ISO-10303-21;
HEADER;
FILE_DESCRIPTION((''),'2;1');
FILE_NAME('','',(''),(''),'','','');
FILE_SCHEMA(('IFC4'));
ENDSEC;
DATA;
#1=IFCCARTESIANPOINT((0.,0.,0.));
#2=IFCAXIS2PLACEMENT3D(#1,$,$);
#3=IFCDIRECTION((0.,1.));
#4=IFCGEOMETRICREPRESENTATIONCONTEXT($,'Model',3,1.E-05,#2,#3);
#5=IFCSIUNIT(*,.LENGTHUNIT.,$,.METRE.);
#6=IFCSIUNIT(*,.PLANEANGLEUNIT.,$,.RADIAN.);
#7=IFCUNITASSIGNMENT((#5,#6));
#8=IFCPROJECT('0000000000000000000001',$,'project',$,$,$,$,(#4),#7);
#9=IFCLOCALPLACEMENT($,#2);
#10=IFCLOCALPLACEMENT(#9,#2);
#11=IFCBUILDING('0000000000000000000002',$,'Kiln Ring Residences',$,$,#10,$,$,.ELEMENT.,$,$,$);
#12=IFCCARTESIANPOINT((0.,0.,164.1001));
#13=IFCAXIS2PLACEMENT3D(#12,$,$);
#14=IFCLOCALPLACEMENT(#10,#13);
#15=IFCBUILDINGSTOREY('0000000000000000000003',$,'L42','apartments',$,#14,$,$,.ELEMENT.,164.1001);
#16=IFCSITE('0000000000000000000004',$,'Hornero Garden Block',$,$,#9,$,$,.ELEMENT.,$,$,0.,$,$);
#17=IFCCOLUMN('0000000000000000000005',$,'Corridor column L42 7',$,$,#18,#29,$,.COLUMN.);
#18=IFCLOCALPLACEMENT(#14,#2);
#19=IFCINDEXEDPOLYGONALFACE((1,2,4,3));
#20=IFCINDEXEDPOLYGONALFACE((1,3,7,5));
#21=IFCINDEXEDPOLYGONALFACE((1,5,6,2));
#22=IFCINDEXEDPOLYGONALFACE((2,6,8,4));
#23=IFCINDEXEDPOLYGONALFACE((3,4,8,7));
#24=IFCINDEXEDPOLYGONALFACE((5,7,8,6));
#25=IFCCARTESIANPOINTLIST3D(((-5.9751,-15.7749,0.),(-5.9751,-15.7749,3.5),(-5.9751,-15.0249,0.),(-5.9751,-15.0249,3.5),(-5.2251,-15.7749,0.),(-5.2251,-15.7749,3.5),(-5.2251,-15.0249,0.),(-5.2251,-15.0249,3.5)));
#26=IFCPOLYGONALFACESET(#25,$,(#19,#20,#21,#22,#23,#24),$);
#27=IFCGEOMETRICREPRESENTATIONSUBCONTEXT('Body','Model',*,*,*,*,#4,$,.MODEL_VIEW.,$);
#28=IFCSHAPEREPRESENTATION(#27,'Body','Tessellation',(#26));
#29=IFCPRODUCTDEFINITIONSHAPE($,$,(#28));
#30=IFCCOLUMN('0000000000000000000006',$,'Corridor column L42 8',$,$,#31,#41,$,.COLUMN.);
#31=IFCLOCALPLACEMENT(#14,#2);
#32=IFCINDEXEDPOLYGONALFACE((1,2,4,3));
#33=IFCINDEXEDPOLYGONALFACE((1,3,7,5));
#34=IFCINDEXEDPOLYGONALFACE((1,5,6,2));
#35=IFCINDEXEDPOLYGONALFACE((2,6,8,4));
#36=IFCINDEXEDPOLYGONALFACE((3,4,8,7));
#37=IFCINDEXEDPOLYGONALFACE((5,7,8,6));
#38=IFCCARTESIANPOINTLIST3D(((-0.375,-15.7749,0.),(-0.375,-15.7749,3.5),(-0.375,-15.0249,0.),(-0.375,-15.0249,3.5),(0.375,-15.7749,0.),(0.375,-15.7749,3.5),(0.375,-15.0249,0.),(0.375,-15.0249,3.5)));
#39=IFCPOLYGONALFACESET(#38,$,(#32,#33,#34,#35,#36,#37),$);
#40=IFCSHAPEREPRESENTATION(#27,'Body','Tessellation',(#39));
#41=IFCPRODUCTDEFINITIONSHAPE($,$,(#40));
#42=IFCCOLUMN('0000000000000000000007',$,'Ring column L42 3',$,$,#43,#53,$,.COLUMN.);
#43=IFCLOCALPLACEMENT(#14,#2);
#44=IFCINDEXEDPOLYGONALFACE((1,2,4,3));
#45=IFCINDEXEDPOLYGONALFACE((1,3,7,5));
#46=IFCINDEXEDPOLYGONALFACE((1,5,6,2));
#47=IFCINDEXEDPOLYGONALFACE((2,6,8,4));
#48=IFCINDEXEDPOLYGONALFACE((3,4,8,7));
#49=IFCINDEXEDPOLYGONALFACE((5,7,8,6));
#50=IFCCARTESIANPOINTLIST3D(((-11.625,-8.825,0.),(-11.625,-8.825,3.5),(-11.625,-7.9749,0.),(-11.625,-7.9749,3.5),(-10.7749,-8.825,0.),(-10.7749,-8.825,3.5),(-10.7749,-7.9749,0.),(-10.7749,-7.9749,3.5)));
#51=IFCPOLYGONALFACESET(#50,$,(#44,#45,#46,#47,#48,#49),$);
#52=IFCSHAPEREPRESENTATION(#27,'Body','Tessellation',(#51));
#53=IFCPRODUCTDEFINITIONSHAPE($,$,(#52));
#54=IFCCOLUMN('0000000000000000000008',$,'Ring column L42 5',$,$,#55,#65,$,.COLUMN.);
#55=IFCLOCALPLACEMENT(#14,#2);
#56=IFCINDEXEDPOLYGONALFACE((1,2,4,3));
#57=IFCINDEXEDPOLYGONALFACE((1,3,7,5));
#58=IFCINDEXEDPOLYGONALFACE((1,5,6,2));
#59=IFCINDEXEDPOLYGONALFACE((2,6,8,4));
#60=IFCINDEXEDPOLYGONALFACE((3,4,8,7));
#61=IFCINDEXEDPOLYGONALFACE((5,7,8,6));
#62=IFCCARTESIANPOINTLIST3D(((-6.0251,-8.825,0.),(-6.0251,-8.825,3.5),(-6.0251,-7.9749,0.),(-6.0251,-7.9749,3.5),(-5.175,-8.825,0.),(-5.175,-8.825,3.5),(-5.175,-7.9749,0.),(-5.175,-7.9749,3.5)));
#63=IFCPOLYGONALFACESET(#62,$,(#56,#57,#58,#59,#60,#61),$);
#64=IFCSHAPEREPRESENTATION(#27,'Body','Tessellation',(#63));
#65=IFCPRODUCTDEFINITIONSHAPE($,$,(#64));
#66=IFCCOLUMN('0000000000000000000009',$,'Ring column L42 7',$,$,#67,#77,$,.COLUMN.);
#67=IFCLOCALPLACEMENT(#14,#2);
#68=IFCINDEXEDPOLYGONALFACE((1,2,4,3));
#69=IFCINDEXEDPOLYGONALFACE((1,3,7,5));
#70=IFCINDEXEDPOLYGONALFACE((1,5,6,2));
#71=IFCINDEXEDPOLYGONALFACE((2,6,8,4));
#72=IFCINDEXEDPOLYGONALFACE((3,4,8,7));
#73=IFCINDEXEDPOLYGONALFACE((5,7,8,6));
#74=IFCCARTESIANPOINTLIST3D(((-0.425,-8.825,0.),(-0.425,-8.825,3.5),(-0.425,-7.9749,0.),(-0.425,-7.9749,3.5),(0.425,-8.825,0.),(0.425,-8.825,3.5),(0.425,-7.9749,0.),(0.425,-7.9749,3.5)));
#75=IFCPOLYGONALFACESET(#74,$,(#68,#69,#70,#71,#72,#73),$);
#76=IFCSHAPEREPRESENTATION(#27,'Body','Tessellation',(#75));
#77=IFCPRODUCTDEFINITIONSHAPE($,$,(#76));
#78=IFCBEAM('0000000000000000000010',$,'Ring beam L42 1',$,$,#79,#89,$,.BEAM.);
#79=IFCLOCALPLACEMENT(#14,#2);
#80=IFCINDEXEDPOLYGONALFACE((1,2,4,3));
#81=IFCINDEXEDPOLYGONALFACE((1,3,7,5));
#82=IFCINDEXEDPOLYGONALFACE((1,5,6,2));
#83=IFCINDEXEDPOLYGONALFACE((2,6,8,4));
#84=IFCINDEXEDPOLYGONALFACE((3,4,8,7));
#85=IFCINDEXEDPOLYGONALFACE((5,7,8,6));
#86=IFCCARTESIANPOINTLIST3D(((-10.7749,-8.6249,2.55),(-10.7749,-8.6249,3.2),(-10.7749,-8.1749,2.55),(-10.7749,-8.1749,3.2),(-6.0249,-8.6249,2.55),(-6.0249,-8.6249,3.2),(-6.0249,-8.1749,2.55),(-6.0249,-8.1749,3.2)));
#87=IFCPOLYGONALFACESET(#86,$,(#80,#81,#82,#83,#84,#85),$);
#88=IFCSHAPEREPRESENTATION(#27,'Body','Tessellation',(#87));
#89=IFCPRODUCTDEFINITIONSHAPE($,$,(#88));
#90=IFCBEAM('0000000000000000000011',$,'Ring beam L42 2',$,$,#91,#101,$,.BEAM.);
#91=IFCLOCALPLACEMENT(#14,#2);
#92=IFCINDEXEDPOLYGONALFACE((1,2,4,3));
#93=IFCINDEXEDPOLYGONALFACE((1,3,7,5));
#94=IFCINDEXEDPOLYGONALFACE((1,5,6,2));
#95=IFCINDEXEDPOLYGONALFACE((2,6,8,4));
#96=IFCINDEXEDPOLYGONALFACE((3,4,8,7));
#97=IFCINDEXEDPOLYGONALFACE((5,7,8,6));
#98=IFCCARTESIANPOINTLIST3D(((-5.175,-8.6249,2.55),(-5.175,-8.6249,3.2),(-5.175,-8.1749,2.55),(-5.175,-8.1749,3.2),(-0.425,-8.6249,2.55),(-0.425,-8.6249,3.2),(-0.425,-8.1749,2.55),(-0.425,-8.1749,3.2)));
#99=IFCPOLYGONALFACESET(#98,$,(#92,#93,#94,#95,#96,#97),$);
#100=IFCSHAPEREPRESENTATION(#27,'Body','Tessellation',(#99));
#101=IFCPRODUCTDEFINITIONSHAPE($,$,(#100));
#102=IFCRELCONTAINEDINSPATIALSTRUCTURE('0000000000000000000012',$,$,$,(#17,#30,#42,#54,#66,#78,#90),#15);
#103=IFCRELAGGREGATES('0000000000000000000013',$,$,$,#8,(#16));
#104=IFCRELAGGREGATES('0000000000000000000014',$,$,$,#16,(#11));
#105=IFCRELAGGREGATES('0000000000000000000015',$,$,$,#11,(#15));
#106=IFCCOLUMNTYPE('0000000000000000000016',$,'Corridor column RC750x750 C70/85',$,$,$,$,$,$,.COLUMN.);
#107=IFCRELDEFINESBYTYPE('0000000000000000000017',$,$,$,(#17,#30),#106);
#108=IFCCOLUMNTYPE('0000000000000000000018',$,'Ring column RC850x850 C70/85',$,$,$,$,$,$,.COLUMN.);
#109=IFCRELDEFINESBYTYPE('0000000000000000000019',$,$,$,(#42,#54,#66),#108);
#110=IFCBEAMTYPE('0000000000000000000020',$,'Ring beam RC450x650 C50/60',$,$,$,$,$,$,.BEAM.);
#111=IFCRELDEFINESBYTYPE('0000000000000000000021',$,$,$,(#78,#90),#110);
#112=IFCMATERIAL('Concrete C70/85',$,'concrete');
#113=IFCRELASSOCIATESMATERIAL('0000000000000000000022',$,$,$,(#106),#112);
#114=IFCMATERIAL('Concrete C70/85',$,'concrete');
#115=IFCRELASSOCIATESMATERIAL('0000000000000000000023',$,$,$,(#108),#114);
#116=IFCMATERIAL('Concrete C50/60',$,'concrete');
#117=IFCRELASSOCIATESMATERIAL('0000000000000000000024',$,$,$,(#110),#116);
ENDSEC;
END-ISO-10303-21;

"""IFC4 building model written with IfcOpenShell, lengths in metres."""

from ifc_helpers import new_model, si_unit, direction, frame, origin, origin_2d, place, context, subcontext, project, spatial, rectangle, extrude, material, material_profile, profile_set, type_object, element, save


model = new_model("IFC4")

# Units and contexts
model_context = context("Model", 3, precision=1e-05, world=origin(), true_north=direction((0.0, 1.0)))
body_context = subcontext(model_context, "Body", "Model", "MODEL_VIEW")
ifc_project = project(units=[si_unit("LENGTHUNIT", "METRE"), si_unit("PLANEANGLEUNIT", "RADIAN")], contexts=[model_context])

# Site, building, storey
site_placement = place(None, origin())
site = spatial("IfcSite", under=ifc_project, at=site_placement, Name="Hornero Garden Block", CompositionType="ELEMENT", RefElevation=0.0)
building_placement = place(site_placement, origin())
building = spatial("IfcBuilding", under=site, at=building_placement, Name="Kiln Ring Residences", CompositionType="ELEMENT")
storey_placement = place(building_placement, frame((0.0, 0.0, 164.1001)))
storey = spatial("IfcBuildingStorey", under=building, at=storey_placement, Name="L42", Description="apartments", CompositionType="ELEMENT", Elevation=164.1001)

# Columns
ifc_material_1 = material(Name="Concrete C70/85", Category="concrete")
ifc_material_profile_1 = material_profile(ifc_material_1, rectangle(XDim=0.75, YDim=0.75, at=origin_2d()), Name="RC750x750")
ifc_profile_set_1 = profile_set([ifc_material_profile_1], Name="Concrete C70/85")
column_type_1 = type_object("IfcColumnType", Name="Corridor column RC750x750 C70/85", PredefinedType="COLUMN", material=ifc_profile_set_1)
for number, where, z_axis, x_axis, name in (
    (1, (-5.6001, -15.3999, 0.0), (0.0, 0.0, 1.0), (1.0, 0.0, 0.0), "Corridor column L42 7"),
    (2, (0.0, -15.3999, 0.0), (0.0, 0.0, 1.0), (1.0, 0.0, 0.0), "Corridor column L42 8"),
):
    element("IfcColumn", number, at=place(storey_placement, frame(where, z_axis=z_axis, x_axis=x_axis)), inside=storey, type_object=column_type_1, Name=name, PredefinedType="COLUMN", context=body_context, shape_type="SweptSolid", body=[
        extrude(rectangle(XDim=0.75, YDim=0.75, at=origin_2d()), origin(), (0.0, 0.0, 1.0), 3.5),
    ])
ifc_material_2 = material(Name="Concrete C70/85", Category="concrete")
ifc_material_profile_2 = material_profile(ifc_material_2, rectangle(XDim=0.8501, YDim=0.8501, at=origin_2d()), Name="RC850x850")
ifc_profile_set_2 = profile_set([ifc_material_profile_2], Name="Concrete C70/85")
column_type_2 = type_object("IfcColumnType", Name="Ring column RC850x850 C70/85", PredefinedType="COLUMN", material=ifc_profile_set_2)
for number, where, z_axis, x_axis, name in (
    (3, (-11.2, -8.3999, 0.0), (0.0, 0.0, 1.0), (1.0, 0.0, 0.0), "Ring column L42 3"),
    (4, (-5.6001, -8.3999, 0.0), (0.0, 0.0, 1.0), (1.0, 0.0, 0.0), "Ring column L42 5"),
    (5, (0.0, -8.3999, 0.0), (0.0, 0.0, 1.0), (1.0, 0.0, 0.0), "Ring column L42 7"),
):
    element("IfcColumn", number, at=place(storey_placement, frame(where, z_axis=z_axis, x_axis=x_axis)), inside=storey, type_object=column_type_2, Name=name, PredefinedType="COLUMN", context=body_context, shape_type="SweptSolid", body=[
        extrude(rectangle(XDim=0.8501, YDim=0.8501, at=origin_2d()), origin(), (0.0, 0.0, 1.0), 3.5),
    ])

# Beams
ifc_material_3 = material(Name="Concrete C50/60", Category="concrete")
ifc_material_profile_3 = material_profile(ifc_material_3, rectangle(XDim=0.45, YDim=0.6499, at=origin_2d()), Name="RC450x650")
ifc_profile_set_3 = profile_set([ifc_material_profile_3], Name="Concrete C50/60")
beam_type = type_object("IfcBeamType", Name="Ring beam RC450x650 C50/60", PredefinedType="BEAM", material=ifc_profile_set_3)
for number, where, z_axis, x_axis, name in (
    (6, (-10.7749, -8.3999, 2.875), (1.0, 0.0, 0.0), (0.0, 1.0, 0.0), "Ring beam L42 1"),
    (7, (-5.175, -8.3999, 2.875), (1.0, 0.0, 0.0), (0.0, 1.0, 0.0), "Ring beam L42 2"),
):
    element("IfcBeam", number, at=place(storey_placement, frame(where, z_axis=z_axis, x_axis=x_axis)), inside=storey, type_object=beam_type, Name=name, PredefinedType="BEAM", context=body_context, shape_type="SweptSolid", body=[
        extrude(rectangle(XDim=0.45, YDim=0.6499, at=origin_2d()), origin(), (0.0, 0.0, 1.0), 4.75),
    ])

save(model, "model.ifc")
